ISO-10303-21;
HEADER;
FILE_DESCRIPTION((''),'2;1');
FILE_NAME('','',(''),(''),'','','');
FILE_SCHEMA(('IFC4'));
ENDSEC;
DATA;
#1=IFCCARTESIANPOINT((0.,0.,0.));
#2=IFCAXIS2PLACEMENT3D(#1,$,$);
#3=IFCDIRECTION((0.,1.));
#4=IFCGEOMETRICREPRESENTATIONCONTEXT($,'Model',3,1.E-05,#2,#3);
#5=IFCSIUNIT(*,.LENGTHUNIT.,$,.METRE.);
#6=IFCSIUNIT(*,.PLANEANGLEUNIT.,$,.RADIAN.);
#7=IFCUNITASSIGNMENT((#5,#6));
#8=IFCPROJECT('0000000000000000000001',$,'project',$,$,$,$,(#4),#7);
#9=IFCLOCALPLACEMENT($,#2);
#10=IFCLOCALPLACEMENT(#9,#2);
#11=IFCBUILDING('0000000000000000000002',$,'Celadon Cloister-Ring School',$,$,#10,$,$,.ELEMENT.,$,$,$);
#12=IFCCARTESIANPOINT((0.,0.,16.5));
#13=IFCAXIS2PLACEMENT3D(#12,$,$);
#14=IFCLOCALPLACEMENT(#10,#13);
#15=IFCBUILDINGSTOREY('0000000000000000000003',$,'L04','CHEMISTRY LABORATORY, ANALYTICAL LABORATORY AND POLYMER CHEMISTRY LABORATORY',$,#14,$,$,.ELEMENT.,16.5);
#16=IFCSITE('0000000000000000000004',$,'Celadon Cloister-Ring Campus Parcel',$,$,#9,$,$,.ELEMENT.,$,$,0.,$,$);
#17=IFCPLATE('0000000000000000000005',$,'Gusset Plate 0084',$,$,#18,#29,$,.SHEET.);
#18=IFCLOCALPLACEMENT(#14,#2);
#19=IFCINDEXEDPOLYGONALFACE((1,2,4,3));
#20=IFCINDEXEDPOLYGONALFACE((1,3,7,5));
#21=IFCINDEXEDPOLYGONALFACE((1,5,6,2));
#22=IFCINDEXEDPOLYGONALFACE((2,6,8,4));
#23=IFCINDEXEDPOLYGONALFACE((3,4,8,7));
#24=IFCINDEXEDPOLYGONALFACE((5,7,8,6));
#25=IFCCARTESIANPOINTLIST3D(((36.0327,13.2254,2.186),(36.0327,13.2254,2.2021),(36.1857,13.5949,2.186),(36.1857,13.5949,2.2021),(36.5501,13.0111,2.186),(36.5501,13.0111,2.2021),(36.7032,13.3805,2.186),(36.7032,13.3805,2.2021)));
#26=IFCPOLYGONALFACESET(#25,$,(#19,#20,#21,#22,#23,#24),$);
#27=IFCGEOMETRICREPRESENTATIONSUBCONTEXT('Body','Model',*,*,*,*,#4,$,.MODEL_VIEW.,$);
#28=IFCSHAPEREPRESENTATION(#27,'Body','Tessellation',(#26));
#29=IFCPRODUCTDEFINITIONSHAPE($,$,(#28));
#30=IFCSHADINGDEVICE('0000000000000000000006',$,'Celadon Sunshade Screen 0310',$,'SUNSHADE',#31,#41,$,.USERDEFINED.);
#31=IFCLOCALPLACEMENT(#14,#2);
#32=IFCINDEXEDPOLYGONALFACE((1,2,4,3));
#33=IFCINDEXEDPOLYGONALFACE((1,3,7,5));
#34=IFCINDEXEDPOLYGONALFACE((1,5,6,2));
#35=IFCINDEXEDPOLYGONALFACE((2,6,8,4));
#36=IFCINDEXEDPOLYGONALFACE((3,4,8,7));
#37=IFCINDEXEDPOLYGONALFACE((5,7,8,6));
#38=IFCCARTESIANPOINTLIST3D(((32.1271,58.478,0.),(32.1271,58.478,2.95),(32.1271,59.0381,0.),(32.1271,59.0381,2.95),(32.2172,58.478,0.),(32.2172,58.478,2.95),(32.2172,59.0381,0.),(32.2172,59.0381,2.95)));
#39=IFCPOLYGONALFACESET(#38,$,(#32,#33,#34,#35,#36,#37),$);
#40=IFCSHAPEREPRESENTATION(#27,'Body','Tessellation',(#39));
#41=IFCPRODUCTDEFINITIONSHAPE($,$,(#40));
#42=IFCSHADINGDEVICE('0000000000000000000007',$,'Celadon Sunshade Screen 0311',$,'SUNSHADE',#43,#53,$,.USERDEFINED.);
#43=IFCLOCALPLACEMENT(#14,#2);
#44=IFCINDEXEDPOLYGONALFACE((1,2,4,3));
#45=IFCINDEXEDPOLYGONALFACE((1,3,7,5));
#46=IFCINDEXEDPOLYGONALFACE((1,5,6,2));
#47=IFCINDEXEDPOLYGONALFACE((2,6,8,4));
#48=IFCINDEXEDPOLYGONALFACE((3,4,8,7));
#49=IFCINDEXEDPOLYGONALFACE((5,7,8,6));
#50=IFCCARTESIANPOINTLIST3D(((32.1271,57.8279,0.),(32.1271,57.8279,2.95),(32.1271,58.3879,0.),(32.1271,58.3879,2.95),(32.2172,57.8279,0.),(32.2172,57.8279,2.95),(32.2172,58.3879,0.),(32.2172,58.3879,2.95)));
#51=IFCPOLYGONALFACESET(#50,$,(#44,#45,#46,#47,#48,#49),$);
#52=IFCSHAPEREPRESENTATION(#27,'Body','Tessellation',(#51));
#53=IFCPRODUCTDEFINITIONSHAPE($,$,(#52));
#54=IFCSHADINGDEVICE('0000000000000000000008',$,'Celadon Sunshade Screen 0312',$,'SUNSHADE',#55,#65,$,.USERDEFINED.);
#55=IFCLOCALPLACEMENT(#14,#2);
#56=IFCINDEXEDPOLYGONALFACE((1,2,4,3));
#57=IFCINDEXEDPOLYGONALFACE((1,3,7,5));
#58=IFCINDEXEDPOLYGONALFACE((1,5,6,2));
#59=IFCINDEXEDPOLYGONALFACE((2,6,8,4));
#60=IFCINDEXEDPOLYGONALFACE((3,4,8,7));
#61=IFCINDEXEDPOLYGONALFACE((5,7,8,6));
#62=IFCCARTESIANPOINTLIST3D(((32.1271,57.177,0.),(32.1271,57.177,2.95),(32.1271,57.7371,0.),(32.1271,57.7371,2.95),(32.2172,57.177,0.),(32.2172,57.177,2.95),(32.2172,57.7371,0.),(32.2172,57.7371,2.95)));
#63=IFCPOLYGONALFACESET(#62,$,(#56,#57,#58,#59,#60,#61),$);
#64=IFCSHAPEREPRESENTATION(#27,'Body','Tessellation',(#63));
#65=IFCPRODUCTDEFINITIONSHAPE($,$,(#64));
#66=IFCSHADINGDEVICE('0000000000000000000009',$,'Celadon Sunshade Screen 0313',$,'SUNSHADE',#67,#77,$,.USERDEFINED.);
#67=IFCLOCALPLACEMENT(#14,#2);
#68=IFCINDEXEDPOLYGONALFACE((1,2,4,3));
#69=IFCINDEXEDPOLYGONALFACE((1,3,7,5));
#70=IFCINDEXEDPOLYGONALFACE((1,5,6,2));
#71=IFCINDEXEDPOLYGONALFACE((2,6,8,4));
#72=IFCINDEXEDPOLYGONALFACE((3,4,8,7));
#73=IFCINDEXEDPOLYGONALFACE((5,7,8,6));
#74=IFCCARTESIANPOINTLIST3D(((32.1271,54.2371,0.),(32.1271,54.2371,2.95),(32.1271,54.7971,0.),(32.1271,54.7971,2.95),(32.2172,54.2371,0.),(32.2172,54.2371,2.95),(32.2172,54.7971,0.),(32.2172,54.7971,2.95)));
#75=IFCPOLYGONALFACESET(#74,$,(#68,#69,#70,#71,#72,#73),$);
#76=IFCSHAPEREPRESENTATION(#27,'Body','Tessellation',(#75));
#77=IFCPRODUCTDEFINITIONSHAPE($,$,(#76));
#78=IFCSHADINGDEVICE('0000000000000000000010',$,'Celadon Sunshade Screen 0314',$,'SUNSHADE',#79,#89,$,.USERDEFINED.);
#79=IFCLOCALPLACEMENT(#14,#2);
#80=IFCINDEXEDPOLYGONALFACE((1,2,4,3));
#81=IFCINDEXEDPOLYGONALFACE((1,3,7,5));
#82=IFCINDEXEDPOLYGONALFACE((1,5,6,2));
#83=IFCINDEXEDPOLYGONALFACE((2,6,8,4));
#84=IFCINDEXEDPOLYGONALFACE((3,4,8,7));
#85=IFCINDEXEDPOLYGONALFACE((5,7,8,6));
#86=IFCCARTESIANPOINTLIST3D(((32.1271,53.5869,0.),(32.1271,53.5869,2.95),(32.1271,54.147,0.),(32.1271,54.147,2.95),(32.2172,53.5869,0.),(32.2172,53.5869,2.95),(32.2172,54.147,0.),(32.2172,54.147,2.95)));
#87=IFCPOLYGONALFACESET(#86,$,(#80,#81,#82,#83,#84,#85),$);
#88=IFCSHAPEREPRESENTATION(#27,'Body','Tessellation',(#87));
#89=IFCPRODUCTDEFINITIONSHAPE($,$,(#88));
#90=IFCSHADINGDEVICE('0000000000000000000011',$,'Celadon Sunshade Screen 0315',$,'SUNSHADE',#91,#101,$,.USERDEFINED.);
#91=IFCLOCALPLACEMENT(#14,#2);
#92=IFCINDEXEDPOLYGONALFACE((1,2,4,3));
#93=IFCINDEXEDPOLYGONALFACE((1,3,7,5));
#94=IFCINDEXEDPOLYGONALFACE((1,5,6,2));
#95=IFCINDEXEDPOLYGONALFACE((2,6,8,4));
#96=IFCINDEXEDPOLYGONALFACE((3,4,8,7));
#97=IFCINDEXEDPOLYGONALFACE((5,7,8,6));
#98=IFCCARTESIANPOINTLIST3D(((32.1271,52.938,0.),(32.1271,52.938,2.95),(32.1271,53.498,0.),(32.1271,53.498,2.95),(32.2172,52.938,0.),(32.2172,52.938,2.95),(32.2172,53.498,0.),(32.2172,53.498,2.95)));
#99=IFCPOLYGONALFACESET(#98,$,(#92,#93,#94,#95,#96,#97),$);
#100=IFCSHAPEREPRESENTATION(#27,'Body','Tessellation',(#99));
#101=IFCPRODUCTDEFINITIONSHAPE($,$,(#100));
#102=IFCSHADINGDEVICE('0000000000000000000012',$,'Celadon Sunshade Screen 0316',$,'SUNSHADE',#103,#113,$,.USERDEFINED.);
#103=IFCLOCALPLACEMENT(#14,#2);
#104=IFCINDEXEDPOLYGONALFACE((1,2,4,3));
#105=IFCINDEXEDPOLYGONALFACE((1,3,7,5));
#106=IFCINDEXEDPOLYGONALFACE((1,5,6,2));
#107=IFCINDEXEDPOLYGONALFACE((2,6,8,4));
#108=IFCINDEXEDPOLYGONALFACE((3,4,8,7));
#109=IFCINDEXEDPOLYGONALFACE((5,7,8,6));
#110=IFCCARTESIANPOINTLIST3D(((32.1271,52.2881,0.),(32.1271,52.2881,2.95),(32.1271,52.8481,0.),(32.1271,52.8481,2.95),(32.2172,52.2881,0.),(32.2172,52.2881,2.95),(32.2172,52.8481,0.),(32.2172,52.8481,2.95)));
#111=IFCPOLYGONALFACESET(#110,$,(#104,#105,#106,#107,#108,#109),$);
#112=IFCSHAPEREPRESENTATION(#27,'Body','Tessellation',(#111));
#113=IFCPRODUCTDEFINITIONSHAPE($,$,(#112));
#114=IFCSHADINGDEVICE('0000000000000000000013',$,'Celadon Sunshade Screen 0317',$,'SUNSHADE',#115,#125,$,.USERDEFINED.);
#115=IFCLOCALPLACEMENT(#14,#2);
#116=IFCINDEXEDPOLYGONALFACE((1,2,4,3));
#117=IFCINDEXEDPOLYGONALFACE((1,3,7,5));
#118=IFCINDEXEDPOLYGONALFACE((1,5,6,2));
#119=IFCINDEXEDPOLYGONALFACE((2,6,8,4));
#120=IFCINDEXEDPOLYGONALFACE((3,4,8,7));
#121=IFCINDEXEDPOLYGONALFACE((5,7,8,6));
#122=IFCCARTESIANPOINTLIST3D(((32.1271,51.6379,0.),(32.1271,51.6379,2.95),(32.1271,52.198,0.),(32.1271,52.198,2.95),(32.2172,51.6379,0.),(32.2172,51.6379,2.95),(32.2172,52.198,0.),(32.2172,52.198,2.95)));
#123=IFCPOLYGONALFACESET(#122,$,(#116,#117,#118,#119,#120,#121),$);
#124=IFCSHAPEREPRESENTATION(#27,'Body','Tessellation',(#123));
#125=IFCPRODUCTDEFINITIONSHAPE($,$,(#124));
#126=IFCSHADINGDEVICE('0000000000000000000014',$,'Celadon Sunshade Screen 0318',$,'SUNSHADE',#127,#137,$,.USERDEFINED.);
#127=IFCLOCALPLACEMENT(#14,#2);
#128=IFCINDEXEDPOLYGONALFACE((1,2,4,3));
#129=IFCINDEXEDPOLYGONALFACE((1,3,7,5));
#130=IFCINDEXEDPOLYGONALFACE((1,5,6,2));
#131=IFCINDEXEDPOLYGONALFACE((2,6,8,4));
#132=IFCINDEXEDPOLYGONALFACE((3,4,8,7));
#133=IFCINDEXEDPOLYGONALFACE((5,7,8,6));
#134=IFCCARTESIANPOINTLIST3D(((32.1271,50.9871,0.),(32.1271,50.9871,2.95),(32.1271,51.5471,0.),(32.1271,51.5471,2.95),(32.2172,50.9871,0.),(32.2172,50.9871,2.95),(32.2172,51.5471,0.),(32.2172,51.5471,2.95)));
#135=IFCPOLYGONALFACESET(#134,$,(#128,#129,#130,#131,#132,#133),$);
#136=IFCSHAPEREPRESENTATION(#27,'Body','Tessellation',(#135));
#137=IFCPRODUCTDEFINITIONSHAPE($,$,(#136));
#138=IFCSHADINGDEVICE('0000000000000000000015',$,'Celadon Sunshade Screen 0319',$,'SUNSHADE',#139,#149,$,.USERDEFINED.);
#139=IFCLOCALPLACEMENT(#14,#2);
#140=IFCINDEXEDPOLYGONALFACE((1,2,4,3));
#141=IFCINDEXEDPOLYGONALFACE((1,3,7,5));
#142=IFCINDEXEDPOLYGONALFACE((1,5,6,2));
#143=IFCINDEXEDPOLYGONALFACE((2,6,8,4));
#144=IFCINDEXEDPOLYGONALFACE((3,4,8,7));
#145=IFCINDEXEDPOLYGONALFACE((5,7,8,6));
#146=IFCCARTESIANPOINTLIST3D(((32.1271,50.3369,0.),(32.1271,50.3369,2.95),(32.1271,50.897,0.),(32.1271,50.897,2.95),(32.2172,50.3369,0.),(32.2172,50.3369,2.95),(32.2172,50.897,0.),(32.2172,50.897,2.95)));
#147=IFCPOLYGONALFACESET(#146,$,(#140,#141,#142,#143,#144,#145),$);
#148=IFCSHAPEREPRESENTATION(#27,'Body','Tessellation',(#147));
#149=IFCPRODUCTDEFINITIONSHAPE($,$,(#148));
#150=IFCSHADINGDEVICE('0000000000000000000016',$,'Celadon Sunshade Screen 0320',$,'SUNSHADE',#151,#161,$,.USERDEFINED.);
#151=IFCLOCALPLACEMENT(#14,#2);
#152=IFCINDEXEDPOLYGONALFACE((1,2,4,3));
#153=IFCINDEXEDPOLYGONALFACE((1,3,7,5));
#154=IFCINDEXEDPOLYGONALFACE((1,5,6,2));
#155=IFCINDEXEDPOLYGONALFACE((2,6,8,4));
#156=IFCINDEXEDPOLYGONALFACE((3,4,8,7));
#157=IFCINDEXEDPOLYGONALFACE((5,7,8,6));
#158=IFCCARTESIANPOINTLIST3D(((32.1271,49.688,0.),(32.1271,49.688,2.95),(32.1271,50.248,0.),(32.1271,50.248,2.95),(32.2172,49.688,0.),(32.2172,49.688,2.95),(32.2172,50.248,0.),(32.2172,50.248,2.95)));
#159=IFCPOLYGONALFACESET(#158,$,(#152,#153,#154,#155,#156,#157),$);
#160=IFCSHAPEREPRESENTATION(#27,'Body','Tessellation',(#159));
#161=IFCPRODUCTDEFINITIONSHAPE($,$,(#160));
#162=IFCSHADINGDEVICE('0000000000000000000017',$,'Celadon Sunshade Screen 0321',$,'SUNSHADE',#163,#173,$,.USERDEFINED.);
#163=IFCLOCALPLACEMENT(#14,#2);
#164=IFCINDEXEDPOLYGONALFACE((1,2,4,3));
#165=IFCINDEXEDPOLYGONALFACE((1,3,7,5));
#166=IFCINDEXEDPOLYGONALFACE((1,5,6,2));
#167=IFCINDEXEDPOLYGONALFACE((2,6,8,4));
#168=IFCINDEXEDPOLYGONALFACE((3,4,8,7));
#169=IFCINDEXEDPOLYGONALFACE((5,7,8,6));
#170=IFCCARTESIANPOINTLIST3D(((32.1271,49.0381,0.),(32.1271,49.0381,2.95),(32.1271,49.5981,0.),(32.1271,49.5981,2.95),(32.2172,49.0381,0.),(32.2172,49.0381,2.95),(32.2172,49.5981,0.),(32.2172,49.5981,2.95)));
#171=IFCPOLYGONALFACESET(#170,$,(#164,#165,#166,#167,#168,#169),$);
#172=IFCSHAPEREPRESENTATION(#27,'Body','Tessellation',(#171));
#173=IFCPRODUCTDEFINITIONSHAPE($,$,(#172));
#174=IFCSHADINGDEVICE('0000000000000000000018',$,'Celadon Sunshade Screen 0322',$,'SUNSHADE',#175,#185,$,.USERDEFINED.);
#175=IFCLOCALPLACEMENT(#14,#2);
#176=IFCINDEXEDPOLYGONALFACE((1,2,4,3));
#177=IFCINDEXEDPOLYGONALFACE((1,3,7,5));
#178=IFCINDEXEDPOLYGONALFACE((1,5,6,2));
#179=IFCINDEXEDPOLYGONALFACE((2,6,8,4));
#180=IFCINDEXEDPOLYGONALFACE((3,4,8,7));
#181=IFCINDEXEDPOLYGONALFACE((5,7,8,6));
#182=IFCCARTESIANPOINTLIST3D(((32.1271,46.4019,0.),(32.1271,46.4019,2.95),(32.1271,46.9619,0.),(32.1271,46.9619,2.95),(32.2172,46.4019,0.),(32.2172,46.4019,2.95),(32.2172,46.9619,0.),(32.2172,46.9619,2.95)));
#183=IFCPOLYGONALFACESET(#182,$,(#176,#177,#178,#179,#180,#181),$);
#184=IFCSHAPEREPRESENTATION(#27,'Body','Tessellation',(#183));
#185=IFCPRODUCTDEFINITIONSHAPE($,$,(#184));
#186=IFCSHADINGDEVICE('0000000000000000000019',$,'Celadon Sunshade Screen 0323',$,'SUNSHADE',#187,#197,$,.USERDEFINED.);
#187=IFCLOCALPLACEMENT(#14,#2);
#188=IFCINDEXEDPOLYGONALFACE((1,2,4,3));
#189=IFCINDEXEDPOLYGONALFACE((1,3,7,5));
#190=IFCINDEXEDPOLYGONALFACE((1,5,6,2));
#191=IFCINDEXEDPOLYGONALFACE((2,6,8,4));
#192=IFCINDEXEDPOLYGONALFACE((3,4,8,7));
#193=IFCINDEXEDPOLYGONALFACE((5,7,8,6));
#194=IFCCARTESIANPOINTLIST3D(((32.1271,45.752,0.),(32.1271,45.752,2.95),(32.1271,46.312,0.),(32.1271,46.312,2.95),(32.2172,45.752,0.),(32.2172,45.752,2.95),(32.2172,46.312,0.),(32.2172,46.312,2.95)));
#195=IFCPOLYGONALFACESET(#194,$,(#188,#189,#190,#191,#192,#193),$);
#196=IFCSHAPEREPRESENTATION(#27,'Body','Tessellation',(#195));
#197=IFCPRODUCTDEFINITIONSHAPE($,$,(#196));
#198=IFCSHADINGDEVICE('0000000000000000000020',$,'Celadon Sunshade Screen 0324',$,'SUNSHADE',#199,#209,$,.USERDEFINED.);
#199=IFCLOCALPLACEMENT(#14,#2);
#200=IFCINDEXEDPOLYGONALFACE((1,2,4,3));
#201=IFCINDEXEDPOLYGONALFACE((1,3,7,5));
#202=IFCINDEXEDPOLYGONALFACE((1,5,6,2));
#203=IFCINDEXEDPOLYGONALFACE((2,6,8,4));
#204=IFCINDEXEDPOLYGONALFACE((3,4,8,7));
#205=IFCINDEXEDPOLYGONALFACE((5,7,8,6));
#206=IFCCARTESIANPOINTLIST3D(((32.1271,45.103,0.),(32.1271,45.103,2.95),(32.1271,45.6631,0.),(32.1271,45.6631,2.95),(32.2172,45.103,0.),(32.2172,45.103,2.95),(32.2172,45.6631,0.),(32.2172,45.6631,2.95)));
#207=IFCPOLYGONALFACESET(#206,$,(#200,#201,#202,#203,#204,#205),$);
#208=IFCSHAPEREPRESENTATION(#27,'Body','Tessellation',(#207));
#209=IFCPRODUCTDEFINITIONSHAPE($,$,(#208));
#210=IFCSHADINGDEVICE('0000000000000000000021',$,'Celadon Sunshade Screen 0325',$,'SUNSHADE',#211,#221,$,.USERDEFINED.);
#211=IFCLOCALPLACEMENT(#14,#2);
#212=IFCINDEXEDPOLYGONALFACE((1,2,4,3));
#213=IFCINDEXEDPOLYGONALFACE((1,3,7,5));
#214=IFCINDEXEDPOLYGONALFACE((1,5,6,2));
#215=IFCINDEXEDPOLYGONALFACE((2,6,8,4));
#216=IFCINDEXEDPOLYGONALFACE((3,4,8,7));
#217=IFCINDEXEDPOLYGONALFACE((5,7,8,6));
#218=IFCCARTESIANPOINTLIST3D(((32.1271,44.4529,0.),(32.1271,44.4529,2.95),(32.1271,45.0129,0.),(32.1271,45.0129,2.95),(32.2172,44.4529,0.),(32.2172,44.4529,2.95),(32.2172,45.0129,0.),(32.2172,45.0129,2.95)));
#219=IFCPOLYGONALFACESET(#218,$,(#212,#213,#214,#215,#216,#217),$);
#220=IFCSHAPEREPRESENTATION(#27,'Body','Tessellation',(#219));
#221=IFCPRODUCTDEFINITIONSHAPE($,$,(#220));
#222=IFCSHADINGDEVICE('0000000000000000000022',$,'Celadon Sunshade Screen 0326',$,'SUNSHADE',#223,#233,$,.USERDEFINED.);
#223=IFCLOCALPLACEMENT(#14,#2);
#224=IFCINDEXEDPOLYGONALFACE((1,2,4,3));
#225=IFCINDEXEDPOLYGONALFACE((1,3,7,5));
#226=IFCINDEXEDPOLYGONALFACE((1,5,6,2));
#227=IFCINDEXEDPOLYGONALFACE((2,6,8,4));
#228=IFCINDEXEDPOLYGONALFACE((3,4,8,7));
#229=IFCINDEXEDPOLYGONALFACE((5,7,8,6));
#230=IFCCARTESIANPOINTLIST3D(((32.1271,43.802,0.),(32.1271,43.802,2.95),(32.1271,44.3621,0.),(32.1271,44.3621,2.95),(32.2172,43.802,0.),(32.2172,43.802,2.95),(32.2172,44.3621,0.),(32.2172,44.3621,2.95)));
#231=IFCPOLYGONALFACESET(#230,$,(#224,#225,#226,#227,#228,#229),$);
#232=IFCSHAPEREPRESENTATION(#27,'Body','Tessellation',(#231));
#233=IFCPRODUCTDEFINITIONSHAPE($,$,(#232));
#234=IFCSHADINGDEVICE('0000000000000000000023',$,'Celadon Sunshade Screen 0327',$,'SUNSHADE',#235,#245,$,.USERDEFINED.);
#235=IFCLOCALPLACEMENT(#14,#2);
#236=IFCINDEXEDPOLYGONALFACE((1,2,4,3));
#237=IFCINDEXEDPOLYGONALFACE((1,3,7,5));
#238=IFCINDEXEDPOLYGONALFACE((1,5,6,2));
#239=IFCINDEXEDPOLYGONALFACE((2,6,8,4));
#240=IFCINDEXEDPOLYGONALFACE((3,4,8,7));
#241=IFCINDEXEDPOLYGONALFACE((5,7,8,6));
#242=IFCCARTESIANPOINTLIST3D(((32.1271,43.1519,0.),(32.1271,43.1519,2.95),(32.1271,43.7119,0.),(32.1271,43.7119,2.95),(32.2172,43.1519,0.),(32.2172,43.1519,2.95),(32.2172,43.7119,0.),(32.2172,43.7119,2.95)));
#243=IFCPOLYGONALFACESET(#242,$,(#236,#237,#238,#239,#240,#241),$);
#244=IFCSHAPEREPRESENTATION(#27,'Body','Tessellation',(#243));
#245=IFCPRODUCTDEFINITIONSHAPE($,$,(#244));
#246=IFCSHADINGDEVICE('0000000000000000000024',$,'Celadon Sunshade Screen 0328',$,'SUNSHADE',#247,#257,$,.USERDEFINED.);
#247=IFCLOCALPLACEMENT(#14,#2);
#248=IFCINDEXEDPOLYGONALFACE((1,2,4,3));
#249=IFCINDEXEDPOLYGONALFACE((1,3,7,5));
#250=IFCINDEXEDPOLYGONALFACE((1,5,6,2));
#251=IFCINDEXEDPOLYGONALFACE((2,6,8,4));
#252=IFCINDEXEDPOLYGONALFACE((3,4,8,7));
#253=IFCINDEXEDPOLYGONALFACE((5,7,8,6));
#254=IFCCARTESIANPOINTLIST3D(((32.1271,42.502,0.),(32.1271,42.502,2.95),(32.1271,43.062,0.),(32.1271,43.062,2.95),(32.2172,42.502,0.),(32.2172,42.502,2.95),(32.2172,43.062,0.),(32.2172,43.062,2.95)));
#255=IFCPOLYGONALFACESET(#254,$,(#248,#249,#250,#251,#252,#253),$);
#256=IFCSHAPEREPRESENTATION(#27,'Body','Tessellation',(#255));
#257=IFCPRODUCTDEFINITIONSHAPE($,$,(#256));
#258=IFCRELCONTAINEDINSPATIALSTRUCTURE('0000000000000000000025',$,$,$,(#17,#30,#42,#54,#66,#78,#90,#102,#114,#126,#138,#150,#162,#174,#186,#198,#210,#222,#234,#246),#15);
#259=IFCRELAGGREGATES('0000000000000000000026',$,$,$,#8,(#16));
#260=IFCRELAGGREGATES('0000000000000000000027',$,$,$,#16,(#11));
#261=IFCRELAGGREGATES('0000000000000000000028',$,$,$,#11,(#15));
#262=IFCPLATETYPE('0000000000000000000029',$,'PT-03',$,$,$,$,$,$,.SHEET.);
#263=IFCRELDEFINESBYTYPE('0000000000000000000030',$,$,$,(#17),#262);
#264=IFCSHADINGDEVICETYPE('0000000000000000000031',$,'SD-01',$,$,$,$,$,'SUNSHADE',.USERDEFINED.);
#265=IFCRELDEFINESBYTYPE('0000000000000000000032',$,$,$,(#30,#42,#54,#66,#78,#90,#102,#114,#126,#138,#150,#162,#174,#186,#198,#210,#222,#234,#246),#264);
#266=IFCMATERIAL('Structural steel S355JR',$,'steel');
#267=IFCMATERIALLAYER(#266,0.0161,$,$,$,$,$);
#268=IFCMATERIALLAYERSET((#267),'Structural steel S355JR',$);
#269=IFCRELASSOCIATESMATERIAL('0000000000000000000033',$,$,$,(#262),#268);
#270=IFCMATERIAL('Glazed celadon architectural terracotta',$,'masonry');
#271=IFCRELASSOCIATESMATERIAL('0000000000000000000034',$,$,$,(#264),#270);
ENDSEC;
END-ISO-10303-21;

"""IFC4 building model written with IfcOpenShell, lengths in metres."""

from ifc_helpers import new_model, si_unit, direction, frame, origin, origin_2d, place, context, subcontext, project, spatial, rectangle, extrude, material, layer, layer_set, type_object, element, save


model = new_model("IFC4")

# Units and contexts
model_context = context("Model", 3, precision=1e-05, world=origin(), true_north=direction((0.0, 1.0)))
body_context = subcontext(model_context, "Body", "Model", "MODEL_VIEW")
ifc_project = project(units=[si_unit("LENGTHUNIT", "METRE"), si_unit("PLANEANGLEUNIT", "RADIAN")], contexts=[model_context])

# Site, building, storey
site_placement = place(None, origin())
site = spatial("IfcSite", under=ifc_project, at=site_placement, Name="Celadon Cloister-Ring Campus Parcel", CompositionType="ELEMENT", RefElevation=0.0)
building_placement = place(site_placement, origin())
building = spatial("IfcBuilding", under=site, at=building_placement, Name="Celadon Cloister-Ring School", CompositionType="ELEMENT")
storey_placement = place(building_placement, frame((0.0, 0.0, 16.5)))
storey = spatial("IfcBuildingStorey", under=building, at=storey_placement, Name="L04", Description="CHEMISTRY LABORATORY, ANALYTICAL LABORATORY AND POLYMER CHEMISTRY LABORATORY", CompositionType="ELEMENT", Elevation=16.5)

# Plate
ifc_material_1 = material(Name="Structural steel S355JR", Category="steel")
ifc_layer = layer(ifc_material_1, 0.0161)
ifc_layer_set = layer_set([ifc_layer], Name="Structural steel S355JR")
plate_type = type_object("IfcPlateType", Name="PT-03", PredefinedType="SHEET", material=ifc_layer_set)
for number, where, z_axis, x_axis, name in (
    (1, (36.3679, 13.303, 2.186), (0.0, 0.0, 1.0), (0.92388, -0.382683, 0.0), "Gusset Plate 0084"),
):
    element("IfcPlate", number, at=place(storey_placement, frame(where, z_axis=z_axis, x_axis=x_axis)), inside=storey, type_object=plate_type, Name=name, PredefinedType="SHEET", context=body_context, shape_type="SweptSolid", body=[
        extrude(rectangle(XDim=0.5601, YDim=0.3999, at=origin_2d()), origin(), (0.0, 0.0, 1.0), 0.0161),
    ])

# Shading devices
ifc_material_2 = material(Name="Glazed celadon architectural terracotta", Category="masonry")
shading_device_type = type_object("IfcShadingDeviceType", Name="SD-01", ElementType="SUNSHADE", PredefinedType="USERDEFINED", material=ifc_material_2)
for number, where, z_axis, x_axis, name in (
    (2, (32.1721, 58.7581, 0.0), (0.0, 0.0, 1.0), (0.0, -1.0, 0.0), "Celadon Sunshade Screen 0310"),
    (3, (32.1721, 58.1079, 0.0), (0.0, 0.0, 1.0), (0.0, -1.0, 0.0), "Celadon Sunshade Screen 0311"),
    (4, (32.1721, 57.457, 0.0), (0.0, 0.0, 1.0), (0.0, -1.0, 0.0), "Celadon Sunshade Screen 0312"),
    (5, (32.1721, 54.5171, 0.0), (0.0, 0.0, 1.0), (0.0, -1.0, 0.0), "Celadon Sunshade Screen 0313"),
    (6, (32.1721, 53.8669, 0.0), (0.0, 0.0, 1.0), (0.0, -1.0, 0.0), "Celadon Sunshade Screen 0314"),
    (7, (32.1721, 53.218, 0.0), (0.0, 0.0, 1.0), (0.0, -1.0, 0.0), "Celadon Sunshade Screen 0315"),
    (8, (32.1721, 52.5681, 0.0), (0.0, 0.0, 1.0), (0.0, -1.0, 0.0), "Celadon Sunshade Screen 0316"),
    (9, (32.1721, 51.918, 0.0), (0.0, 0.0, 1.0), (0.0, -1.0, 0.0), "Celadon Sunshade Screen 0317"),
    (10, (32.1721, 51.2671, 0.0), (0.0, 0.0, 1.0), (0.0, -1.0, 0.0), "Celadon Sunshade Screen 0318"),
    (11, (32.1721, 50.6169, 0.0), (0.0, 0.0, 1.0), (0.0, -1.0, 0.0), "Celadon Sunshade Screen 0319"),
    (12, (32.1721, 49.968, 0.0), (0.0, 0.0, 1.0), (0.0, -1.0, 0.0), "Celadon Sunshade Screen 0320"),
    (13, (32.1721, 49.3181, 0.0), (0.0, 0.0, 1.0), (0.0, -1.0, 0.0), "Celadon Sunshade Screen 0321"),
    (14, (32.1721, 46.6819, 0.0), (0.0, 0.0, 1.0), (0.0, -1.0, 0.0), "Celadon Sunshade Screen 0322"),
    (15, (32.1721, 46.032, 0.0), (0.0, 0.0, 1.0), (0.0, -1.0, 0.0), "Celadon Sunshade Screen 0323"),
    (16, (32.1721, 45.3831, 0.0), (0.0, 0.0, 1.0), (0.0, -1.0, 0.0), "Celadon Sunshade Screen 0324"),
    (17, (32.1721, 44.7329, 0.0), (0.0, 0.0, 1.0), (0.0, -1.0, 0.0), "Celadon Sunshade Screen 0325"),
    (18, (32.1721, 44.082, 0.0), (0.0, 0.0, 1.0), (0.0, -1.0, 0.0), "Celadon Sunshade Screen 0326"),
    (19, (32.1721, 43.4319, 0.0), (0.0, 0.0, 1.0), (0.0, -1.0, 0.0), "Celadon Sunshade Screen 0327"),
    (20, (32.1721, 42.782, 0.0), (0.0, 0.0, 1.0), (0.0, -1.0, 0.0), "Celadon Sunshade Screen 0328"),
):
    element("IfcShadingDevice", number, at=place(storey_placement, frame(where, z_axis=z_axis, x_axis=x_axis)), inside=storey, type_object=shading_device_type, Name=name, ObjectType="SUNSHADE", PredefinedType="USERDEFINED", context=body_context, shape_type="SweptSolid", body=[
        extrude(rectangle(XDim=0.5601, YDim=0.0901, at=origin_2d()), origin(), (0.0, 0.0, 1.0), 2.95),
    ])

save(model, "model.ifc")
